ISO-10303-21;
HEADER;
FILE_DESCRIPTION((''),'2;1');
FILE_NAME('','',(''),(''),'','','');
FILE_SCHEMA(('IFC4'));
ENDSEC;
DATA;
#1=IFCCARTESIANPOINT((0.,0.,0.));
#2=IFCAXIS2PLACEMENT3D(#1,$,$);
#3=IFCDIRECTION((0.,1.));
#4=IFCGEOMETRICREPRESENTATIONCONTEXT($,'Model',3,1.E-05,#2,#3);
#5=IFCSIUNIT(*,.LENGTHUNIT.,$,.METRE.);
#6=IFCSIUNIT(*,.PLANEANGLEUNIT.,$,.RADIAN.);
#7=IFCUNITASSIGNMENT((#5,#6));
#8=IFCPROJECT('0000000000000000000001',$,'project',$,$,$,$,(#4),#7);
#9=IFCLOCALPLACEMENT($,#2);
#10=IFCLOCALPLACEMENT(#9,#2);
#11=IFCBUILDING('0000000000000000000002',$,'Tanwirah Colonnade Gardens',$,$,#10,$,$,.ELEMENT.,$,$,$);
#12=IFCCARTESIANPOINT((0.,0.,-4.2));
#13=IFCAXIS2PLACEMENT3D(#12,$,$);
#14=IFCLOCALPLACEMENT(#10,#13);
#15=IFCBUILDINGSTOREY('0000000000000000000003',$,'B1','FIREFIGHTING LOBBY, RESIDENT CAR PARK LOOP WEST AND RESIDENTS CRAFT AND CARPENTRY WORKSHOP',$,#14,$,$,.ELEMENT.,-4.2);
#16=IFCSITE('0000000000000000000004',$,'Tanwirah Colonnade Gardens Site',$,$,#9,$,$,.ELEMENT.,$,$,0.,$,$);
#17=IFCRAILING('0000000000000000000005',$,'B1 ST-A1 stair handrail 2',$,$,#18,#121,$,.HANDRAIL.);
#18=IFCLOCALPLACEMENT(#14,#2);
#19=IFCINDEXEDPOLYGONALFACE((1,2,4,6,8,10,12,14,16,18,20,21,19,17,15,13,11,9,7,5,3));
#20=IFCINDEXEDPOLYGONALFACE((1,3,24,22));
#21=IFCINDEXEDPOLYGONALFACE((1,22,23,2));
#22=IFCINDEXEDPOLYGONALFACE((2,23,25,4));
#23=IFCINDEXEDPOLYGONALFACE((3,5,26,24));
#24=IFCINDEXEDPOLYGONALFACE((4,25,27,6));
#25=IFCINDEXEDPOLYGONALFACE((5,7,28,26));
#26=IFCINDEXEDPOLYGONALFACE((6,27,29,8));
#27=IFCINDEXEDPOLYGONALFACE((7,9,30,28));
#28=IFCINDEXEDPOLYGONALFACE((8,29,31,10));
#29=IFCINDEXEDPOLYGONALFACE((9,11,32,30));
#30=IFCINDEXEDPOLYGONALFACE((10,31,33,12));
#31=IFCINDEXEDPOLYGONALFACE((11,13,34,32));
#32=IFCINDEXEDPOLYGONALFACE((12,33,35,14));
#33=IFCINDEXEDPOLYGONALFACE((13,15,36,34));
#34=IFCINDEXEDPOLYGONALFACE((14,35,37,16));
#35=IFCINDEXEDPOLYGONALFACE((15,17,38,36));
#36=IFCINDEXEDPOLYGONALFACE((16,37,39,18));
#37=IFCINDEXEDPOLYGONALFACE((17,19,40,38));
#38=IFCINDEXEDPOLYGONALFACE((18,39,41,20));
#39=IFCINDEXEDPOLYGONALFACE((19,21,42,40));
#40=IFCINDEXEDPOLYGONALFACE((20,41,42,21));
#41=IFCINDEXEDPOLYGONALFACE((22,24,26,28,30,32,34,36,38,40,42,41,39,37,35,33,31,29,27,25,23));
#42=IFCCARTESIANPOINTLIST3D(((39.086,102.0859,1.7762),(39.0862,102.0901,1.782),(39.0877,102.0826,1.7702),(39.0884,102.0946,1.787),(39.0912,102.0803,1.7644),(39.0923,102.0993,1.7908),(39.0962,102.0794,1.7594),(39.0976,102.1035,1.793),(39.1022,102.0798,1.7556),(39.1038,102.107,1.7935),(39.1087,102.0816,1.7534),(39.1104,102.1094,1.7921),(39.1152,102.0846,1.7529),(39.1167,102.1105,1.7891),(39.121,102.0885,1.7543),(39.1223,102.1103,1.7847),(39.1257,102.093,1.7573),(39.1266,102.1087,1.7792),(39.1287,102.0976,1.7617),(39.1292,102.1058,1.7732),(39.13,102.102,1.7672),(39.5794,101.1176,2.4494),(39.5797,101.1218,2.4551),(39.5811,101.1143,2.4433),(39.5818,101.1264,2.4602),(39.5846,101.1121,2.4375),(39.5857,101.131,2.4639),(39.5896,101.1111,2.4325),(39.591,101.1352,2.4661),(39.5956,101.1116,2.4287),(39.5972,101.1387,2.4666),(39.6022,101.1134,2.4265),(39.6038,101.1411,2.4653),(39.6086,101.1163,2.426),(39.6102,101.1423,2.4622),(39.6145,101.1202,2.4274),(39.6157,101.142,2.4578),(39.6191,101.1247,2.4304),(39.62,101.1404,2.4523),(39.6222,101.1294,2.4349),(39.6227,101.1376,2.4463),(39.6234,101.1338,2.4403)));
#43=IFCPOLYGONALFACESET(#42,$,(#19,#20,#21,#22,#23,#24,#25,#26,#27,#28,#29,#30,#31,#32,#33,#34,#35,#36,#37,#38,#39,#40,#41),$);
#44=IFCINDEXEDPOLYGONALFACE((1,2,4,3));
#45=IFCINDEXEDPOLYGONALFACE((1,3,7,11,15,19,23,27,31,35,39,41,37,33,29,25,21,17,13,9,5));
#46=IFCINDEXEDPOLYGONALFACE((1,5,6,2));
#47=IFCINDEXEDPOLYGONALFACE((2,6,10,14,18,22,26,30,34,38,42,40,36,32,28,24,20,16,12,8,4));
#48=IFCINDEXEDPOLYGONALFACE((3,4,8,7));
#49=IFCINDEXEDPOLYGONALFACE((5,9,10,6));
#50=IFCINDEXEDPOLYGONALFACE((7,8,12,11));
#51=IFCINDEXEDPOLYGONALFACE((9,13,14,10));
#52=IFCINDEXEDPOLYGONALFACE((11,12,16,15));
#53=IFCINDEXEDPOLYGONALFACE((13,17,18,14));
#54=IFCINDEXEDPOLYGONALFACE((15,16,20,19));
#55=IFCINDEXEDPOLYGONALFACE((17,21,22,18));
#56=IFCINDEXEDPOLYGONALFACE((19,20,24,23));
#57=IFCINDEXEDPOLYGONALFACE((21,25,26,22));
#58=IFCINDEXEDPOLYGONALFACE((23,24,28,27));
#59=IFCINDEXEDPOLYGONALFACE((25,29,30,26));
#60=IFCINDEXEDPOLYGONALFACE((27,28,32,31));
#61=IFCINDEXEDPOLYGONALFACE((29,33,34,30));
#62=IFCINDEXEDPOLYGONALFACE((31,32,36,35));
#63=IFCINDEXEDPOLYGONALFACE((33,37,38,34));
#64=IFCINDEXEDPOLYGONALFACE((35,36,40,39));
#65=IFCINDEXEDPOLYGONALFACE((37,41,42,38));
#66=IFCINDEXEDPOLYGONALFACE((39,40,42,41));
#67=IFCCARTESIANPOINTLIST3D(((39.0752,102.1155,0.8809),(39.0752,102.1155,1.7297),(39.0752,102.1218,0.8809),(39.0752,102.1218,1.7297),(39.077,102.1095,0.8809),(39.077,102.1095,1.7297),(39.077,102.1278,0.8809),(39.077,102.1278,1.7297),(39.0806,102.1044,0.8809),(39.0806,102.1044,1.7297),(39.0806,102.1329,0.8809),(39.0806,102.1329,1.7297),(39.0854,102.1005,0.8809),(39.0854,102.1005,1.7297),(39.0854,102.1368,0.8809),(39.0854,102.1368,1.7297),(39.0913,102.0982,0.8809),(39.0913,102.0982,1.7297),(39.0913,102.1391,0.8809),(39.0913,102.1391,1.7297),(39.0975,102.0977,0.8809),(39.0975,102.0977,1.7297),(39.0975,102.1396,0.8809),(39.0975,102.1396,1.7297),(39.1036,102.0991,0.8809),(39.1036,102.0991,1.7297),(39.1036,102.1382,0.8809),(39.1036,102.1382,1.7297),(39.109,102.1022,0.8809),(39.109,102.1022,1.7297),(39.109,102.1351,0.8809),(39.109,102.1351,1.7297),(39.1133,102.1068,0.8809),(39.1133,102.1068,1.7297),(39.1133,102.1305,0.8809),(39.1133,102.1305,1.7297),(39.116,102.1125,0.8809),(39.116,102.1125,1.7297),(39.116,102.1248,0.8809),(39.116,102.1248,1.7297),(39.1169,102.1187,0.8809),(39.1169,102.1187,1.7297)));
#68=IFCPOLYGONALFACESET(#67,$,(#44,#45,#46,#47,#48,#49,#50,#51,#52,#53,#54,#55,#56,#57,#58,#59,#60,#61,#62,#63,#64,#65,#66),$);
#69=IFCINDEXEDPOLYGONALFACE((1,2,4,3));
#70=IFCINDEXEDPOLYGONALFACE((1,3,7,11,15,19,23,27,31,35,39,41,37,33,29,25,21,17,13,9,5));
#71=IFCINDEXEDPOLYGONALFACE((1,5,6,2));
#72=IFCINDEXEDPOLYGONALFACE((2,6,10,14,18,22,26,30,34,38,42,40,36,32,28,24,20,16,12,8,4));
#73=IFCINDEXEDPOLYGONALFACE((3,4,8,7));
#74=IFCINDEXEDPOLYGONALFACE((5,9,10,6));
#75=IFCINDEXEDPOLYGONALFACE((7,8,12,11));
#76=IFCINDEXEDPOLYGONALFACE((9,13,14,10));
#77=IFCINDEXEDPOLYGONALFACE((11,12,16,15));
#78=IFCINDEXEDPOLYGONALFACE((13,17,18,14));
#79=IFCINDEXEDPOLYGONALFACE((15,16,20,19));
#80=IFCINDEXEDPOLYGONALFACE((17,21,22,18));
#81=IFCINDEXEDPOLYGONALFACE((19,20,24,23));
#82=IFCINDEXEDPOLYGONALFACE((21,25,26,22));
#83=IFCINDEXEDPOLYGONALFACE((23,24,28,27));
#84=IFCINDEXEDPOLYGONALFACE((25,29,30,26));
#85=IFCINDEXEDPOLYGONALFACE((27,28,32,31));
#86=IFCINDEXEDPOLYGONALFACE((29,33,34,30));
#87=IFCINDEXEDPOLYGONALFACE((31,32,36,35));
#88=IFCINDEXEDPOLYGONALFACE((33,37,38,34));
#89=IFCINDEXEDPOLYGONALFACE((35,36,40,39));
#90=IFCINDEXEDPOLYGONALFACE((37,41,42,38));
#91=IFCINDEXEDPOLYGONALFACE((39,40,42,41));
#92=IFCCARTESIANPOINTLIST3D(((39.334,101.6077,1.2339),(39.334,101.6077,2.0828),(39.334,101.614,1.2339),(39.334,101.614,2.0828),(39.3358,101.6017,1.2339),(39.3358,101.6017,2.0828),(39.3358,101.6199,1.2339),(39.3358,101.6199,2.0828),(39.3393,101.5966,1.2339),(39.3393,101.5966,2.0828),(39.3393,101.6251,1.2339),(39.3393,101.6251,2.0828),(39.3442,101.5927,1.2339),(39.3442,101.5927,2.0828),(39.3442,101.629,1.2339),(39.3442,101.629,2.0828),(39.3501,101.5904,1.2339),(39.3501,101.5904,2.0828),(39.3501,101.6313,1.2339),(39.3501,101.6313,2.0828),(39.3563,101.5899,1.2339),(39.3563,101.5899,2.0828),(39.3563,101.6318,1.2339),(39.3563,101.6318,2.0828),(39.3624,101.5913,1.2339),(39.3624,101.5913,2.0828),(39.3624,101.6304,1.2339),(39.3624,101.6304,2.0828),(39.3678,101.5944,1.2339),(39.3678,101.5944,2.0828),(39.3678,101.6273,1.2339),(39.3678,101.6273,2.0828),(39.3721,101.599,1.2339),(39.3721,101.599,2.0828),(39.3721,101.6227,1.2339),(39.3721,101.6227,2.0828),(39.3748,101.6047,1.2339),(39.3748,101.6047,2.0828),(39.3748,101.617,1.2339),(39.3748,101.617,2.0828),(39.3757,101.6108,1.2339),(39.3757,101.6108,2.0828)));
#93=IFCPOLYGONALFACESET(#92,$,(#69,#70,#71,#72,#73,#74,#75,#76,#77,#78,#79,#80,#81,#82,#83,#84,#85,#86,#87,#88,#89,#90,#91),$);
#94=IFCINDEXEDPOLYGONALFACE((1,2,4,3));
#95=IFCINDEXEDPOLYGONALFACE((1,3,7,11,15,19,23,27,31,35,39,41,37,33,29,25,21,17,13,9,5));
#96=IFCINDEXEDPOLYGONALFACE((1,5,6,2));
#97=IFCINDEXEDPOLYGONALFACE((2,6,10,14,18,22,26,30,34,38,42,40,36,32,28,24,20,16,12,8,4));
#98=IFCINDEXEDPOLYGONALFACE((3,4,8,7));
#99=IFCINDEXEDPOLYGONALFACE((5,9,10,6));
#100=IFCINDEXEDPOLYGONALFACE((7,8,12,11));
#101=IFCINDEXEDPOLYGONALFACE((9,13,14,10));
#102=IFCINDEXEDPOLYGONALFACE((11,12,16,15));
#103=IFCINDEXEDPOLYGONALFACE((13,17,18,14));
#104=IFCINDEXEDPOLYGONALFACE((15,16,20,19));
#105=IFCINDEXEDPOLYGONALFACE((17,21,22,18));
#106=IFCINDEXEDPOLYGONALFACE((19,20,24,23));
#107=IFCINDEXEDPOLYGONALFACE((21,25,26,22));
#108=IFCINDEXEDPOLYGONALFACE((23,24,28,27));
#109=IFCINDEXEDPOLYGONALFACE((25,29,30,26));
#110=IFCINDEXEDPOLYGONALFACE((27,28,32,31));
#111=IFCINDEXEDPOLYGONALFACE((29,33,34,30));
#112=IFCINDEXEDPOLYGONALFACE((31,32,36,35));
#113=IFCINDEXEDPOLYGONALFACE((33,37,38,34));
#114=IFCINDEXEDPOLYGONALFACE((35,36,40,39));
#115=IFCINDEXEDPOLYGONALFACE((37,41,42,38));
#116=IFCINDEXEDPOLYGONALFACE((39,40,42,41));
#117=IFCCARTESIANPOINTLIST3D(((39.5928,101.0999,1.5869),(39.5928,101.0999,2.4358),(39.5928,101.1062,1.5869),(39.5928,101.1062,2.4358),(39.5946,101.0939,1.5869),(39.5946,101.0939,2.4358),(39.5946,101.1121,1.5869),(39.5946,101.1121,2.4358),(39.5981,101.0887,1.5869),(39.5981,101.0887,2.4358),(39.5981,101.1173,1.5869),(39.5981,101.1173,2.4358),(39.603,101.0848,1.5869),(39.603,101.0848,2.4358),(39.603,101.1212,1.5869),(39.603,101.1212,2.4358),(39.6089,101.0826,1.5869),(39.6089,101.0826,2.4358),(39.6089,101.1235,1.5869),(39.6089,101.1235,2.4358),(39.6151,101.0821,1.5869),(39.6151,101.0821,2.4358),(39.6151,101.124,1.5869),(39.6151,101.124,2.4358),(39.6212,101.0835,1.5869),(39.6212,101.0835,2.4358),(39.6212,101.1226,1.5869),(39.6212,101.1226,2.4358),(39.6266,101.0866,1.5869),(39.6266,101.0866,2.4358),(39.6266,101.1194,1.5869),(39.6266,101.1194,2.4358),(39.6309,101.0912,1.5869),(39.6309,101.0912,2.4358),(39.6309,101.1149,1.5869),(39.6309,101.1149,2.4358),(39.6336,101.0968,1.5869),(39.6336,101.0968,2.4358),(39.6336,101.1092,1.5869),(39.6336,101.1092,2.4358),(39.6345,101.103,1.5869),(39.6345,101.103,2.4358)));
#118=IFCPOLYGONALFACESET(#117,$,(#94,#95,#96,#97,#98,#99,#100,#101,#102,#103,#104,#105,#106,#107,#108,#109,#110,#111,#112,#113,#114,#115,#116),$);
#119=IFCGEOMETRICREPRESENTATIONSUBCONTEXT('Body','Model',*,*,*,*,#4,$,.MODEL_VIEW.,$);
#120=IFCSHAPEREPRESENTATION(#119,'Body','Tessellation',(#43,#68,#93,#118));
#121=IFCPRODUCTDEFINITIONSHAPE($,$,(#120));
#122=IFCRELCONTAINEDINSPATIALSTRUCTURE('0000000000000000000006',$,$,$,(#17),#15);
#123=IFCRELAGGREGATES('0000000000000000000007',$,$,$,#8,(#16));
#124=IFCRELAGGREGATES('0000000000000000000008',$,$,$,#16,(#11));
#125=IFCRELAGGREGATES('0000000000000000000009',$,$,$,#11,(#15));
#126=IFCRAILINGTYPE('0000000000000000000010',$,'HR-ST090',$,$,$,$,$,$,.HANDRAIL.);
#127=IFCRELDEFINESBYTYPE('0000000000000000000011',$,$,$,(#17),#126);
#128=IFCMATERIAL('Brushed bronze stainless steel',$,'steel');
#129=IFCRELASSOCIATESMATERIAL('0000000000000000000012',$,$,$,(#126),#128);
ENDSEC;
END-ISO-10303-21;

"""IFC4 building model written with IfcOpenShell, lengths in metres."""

from ifc_helpers import new_model, si_unit, direction, frame, origin, origin_2d, place, context, subcontext, project, spatial, circle, extrude, material, type_object, element, save


model = new_model("IFC4")

# Units and contexts
model_context = context("Model", 3, precision=1e-05, world=origin(), true_north=direction((0.0, 1.0)))
body_context = subcontext(model_context, "Body", "Model", "MODEL_VIEW")
ifc_project = project(units=[si_unit("LENGTHUNIT", "METRE"), si_unit("PLANEANGLEUNIT", "RADIAN")], contexts=[model_context])

# Site, building, storey
site_placement = place(None, origin())
site = spatial("IfcSite", under=ifc_project, at=site_placement, Name="Tanwirah Colonnade Gardens Site", CompositionType="ELEMENT", RefElevation=0.0)
building_placement = place(site_placement, origin())
building = spatial("IfcBuilding", under=site, at=building_placement, Name="Tanwirah Colonnade Gardens", CompositionType="ELEMENT")
storey_placement = place(building_placement, frame((0.0, 0.0, -4.2)))
storey = spatial("IfcBuildingStorey", under=building, at=storey_placement, Name="B1", Description="FIREFIGHTING LOBBY, RESIDENT CAR PARK LOOP WEST AND RESIDENTS CRAFT AND CARPENTRY WORKSHOP", CompositionType="ELEMENT", Elevation=-4.2)

# Railing
ifc_material_1 = material(Name="Brushed bronze stainless steel", Category="steel")
railing_type = type_object("IfcRailingType", Name="HR-ST090", PredefinedType="HANDRAIL", material=ifc_material_1)
railing_placement = place(storey_placement, frame((39.0959, 102.1187, 0.8809)))
element("IfcRailing", 1, at=railing_placement, inside=storey, type_object=railing_type, Name="B1 ST-A1 stair handrail 2", PredefinedType="HANDRAIL", context=body_context, shape_type="SweptSolid", body=[
    extrude(circle(Radius=0.0239, at=origin_2d()), frame((0.012, -0.0237, 0.8923), z_axis=(0.386006, -0.757445, 0.52657), x_axis=(0.890974, 0.454054, 0.0)), (0.0, 0.0, 1.0), 1.2783),
    extrude(circle(Radius=0.021, at=origin_2d()), origin(), (0.0, 0.0, 1.0), 0.8489),
    extrude(circle(Radius=0.021, at=origin_2d()), frame((0.2588, -0.5078, 0.353)), (0.0, 0.0, 1.0), 0.8489),
    extrude(circle(Radius=0.021, at=origin_2d()), frame((0.5176, -1.0156, 0.7061)), (0.0, 0.0, 1.0), 0.8489),
])

save(model, "model.ifc")
